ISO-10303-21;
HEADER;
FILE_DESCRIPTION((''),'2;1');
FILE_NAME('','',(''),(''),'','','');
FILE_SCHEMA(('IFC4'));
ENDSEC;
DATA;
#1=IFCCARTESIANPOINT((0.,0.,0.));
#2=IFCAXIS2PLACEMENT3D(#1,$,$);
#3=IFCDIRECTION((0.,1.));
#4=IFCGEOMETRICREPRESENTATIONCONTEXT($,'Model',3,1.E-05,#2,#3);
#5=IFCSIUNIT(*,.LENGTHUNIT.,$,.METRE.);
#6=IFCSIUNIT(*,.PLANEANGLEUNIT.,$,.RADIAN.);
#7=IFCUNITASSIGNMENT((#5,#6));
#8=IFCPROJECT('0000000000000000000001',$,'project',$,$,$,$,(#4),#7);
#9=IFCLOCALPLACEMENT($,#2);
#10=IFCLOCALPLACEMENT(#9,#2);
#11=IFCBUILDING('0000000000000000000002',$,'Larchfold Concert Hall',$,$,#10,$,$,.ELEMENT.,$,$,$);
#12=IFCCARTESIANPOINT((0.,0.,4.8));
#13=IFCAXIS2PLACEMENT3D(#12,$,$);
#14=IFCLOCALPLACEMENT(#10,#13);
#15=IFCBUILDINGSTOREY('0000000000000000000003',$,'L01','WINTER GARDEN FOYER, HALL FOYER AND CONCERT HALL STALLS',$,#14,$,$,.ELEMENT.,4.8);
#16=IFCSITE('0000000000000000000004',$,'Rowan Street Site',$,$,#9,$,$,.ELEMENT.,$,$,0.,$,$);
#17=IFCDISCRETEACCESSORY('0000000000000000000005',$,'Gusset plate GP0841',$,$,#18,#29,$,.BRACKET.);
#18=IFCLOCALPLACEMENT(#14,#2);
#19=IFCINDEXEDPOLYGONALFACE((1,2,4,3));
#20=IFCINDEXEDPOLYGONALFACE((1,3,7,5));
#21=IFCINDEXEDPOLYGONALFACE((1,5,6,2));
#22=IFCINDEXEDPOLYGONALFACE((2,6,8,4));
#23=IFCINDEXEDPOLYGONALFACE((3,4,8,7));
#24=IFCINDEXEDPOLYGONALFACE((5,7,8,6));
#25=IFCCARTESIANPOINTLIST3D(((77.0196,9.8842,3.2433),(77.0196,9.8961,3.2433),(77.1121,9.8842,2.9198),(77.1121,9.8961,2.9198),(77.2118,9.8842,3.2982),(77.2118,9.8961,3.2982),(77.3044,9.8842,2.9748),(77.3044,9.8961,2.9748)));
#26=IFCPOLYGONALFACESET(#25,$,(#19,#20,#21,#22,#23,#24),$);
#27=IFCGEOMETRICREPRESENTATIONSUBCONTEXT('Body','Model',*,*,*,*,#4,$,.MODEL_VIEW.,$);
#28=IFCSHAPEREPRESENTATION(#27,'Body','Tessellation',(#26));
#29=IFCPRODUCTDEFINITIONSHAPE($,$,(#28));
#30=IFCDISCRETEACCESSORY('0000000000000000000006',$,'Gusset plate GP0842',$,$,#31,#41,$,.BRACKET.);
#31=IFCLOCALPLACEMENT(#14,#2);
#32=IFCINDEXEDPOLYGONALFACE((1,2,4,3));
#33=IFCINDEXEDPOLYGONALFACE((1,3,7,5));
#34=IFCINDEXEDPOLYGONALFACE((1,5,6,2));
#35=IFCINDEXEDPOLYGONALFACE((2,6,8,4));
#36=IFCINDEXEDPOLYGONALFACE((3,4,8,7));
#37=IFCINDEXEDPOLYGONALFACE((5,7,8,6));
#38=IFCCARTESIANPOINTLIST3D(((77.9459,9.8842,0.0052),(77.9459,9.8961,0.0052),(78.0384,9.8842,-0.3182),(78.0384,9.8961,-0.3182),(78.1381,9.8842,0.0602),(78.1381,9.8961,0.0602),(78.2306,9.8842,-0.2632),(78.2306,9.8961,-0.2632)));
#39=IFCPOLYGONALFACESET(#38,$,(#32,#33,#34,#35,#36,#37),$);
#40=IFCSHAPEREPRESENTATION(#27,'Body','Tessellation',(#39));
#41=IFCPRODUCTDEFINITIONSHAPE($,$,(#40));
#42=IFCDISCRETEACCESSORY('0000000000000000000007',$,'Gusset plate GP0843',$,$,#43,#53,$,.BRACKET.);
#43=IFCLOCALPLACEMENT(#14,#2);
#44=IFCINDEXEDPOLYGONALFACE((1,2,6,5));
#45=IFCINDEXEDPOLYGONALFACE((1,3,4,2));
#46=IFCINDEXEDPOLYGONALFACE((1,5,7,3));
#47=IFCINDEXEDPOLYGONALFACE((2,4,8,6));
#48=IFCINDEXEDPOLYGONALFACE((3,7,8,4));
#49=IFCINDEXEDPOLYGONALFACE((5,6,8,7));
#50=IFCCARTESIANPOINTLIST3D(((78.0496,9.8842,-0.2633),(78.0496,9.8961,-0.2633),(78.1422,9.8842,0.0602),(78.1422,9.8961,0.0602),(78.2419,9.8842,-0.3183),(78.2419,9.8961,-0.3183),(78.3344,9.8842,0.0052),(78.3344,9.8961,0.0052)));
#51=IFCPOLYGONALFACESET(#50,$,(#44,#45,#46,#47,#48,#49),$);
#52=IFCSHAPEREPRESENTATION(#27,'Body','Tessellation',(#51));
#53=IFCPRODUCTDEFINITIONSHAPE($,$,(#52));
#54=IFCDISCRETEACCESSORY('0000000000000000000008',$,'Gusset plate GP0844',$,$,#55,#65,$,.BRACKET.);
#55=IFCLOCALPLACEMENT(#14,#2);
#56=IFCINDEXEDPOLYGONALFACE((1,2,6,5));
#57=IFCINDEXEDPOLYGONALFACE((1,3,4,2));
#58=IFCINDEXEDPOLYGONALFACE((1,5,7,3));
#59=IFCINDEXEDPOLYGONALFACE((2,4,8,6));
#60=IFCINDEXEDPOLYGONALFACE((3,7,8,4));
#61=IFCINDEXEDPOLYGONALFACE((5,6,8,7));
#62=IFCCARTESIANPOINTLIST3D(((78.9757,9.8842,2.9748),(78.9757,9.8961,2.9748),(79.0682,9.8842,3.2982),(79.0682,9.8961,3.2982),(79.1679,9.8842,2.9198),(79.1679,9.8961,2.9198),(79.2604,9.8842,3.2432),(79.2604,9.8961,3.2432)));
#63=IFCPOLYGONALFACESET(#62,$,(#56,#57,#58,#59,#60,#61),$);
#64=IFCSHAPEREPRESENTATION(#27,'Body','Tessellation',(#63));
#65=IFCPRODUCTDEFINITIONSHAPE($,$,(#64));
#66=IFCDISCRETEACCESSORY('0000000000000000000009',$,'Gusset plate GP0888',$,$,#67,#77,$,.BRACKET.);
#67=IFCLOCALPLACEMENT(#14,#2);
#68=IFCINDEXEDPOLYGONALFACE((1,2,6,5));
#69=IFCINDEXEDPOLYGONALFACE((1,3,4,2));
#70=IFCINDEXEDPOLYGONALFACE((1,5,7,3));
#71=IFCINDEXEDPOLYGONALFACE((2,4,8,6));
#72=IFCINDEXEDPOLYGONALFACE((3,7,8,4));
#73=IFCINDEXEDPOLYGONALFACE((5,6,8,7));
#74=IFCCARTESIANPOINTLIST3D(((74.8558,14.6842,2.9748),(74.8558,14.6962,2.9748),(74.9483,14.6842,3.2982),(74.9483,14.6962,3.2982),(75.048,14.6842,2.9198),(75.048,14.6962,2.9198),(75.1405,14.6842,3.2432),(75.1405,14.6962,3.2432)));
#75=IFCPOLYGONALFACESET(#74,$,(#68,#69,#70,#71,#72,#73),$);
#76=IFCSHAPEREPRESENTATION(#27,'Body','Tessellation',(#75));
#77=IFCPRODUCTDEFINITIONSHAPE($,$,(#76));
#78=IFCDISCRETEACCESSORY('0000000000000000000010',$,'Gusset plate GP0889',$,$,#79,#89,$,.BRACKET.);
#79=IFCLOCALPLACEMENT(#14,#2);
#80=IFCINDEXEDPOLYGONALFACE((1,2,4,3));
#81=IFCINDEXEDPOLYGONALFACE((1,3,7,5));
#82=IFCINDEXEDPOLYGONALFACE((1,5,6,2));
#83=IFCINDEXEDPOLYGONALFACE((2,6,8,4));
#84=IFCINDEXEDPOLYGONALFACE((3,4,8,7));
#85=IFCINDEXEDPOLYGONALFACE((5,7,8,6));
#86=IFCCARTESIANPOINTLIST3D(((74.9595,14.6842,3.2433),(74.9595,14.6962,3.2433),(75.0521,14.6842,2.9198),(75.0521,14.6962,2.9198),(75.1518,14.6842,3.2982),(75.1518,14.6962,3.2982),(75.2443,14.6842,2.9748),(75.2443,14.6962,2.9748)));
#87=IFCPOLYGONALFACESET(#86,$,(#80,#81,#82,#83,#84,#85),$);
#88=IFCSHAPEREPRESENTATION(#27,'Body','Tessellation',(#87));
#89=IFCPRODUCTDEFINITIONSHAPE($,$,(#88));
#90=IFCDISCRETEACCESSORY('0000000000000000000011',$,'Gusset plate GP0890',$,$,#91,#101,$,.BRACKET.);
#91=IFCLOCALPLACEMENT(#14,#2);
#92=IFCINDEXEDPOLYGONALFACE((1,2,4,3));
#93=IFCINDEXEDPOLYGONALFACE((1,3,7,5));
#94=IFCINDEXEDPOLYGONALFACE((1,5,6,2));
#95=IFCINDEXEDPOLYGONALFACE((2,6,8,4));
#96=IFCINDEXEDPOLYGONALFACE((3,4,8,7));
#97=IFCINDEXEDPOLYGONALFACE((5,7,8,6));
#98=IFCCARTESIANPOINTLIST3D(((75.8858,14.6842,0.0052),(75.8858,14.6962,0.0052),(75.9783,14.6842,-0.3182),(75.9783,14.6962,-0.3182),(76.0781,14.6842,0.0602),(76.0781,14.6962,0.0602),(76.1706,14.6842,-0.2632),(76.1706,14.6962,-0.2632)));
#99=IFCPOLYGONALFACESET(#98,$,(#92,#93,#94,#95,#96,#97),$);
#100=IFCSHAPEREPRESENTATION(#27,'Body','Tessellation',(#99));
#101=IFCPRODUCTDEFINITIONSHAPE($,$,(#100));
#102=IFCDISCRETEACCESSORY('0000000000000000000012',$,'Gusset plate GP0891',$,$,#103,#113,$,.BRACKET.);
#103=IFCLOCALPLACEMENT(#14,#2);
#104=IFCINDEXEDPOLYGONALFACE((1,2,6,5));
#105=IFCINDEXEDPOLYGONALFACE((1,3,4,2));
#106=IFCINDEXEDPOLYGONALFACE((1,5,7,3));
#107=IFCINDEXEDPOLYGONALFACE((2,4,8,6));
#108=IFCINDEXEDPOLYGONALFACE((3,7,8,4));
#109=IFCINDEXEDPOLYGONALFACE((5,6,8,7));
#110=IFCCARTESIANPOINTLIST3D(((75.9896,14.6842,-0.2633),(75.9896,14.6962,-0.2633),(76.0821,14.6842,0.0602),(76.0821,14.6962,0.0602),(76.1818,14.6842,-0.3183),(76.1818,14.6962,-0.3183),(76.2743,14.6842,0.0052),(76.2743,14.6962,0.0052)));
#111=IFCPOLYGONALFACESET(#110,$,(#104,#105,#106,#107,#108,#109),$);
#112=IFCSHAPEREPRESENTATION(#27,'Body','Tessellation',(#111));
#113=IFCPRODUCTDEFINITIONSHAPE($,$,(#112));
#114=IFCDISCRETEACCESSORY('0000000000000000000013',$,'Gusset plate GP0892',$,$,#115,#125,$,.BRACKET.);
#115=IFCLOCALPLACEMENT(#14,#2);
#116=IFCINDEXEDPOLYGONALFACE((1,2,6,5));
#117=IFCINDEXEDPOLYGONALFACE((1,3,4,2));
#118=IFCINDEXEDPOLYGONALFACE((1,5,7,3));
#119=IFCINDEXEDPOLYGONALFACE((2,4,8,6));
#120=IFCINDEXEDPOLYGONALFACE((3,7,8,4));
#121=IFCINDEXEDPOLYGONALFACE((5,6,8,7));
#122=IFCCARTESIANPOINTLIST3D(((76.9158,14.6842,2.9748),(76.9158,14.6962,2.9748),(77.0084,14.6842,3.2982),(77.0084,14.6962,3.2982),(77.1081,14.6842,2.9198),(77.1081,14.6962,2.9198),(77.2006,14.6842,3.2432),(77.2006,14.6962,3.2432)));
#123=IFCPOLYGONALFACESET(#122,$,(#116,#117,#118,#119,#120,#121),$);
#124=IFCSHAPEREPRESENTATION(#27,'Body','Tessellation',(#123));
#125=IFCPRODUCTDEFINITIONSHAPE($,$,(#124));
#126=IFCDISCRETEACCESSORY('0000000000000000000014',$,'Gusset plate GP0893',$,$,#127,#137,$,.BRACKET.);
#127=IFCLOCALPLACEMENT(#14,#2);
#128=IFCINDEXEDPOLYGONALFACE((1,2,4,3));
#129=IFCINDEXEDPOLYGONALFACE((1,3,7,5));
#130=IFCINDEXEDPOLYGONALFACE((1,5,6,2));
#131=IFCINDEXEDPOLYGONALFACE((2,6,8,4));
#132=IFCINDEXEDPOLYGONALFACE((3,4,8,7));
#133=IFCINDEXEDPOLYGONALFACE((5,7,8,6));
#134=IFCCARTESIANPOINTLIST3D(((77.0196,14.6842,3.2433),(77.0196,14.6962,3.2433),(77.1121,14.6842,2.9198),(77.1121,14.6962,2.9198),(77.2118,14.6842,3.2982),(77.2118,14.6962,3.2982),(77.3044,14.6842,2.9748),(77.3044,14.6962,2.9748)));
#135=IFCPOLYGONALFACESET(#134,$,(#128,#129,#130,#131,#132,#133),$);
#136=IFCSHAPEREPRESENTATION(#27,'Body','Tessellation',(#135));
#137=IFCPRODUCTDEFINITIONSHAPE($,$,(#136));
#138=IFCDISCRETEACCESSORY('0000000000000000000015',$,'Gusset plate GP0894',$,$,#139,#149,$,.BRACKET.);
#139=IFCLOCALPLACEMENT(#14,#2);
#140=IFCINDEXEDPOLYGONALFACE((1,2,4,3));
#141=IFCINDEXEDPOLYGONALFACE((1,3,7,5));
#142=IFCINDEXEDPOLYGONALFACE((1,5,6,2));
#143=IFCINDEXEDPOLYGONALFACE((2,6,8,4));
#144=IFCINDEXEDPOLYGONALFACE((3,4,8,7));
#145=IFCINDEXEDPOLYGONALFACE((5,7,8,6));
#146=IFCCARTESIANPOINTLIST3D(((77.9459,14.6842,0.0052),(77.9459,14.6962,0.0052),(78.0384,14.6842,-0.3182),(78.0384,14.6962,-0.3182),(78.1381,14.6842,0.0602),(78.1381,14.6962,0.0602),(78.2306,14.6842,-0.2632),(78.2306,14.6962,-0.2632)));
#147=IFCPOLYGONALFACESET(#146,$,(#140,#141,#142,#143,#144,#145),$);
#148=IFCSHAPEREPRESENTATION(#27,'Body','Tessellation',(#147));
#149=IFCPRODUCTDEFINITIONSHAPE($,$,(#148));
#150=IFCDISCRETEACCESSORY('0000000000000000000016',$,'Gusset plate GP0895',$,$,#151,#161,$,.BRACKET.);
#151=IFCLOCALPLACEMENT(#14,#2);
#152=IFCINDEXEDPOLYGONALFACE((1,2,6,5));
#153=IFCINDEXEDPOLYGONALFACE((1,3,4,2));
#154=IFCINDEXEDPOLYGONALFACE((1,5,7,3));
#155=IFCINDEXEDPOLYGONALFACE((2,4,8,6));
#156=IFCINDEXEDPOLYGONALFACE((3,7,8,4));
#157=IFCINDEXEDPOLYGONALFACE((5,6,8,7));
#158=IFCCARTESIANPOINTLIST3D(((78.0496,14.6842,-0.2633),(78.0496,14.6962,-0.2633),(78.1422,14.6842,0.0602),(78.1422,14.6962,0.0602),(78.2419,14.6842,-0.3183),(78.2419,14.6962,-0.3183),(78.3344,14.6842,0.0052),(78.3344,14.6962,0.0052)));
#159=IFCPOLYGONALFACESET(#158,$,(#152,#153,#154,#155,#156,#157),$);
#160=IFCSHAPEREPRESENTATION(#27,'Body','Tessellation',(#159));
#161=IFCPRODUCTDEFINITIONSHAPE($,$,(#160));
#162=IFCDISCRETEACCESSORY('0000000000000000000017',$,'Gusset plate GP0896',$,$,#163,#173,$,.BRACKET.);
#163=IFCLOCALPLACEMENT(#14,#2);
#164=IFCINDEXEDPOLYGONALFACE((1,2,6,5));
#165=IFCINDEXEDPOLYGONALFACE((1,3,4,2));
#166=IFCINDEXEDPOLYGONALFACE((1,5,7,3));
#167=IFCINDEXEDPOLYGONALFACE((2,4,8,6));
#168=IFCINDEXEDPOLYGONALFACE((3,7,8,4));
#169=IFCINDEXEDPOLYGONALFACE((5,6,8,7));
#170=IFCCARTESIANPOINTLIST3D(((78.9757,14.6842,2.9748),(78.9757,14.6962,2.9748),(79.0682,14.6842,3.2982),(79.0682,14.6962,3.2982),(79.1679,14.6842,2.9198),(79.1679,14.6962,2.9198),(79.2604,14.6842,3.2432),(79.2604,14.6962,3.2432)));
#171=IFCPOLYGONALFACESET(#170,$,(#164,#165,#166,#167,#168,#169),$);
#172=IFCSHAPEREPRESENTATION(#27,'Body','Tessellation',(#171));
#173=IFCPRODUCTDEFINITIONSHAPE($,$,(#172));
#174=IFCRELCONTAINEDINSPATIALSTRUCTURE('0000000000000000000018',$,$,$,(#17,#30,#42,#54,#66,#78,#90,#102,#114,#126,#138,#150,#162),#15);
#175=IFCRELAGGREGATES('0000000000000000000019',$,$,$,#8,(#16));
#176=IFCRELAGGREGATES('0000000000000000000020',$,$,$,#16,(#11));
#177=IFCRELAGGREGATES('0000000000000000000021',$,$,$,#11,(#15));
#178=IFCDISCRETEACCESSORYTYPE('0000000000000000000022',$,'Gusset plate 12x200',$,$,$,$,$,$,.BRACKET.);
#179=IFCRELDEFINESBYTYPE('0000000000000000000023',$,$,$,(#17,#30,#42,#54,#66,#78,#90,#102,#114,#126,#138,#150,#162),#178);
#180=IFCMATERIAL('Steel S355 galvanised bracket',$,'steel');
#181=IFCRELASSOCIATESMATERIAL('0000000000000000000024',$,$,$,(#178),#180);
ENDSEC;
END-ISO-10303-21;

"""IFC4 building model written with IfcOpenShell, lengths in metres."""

from ifc_helpers import new_model, si_unit, direction, frame, origin, origin_2d, place, context, subcontext, project, spatial, rectangle, extrude, material, material_profile, profile_set, type_object, element, save


model = new_model("IFC4")

# Units and contexts
model_context = context("Model", 3, precision=1e-05, world=origin(), true_north=direction((0.0, 1.0)))
body_context = subcontext(model_context, "Body", "Model", "MODEL_VIEW")
ifc_project = project(units=[si_unit("LENGTHUNIT", "METRE"), si_unit("PLANEANGLEUNIT", "RADIAN")], contexts=[model_context])

# Site, building, storey
site_placement = place(None, origin())
site = spatial("IfcSite", under=ifc_project, at=site_placement, Name="Rowan Street Site", CompositionType="ELEMENT", RefElevation=0.0)
building_placement = place(site_placement, origin())
building = spatial("IfcBuilding", under=site, at=building_placement, Name="Larchfold Concert Hall", CompositionType="ELEMENT")
storey_placement = place(building_placement, frame((0.0, 0.0, 4.8)))
storey = spatial("IfcBuildingStorey", under=building, at=storey_placement, Name="L01", Description="WINTER GARDEN FOYER, HALL FOYER AND CONCERT HALL STALLS", CompositionType="ELEMENT", Elevation=4.8)

# Discrete accessories
ifc_material_1 = material(Name="Steel S355 galvanised bracket", Category="steel")
ifc_material_profile_1 = material_profile(ifc_material_1, rectangle(XDim=0.012, YDim=0.2, at=origin_2d()))
ifc_profile_set_1 = profile_set([ifc_material_profile_1], Name="Steel S355 galvanised bracket")
discrete_accessory_type = type_object("IfcDiscreteAccessoryType", Name="Gusset plate 12x200", PredefinedType="BRACKET", material=ifc_profile_set_1)
for number, where, z_axis, x_axis, name in (
    (1, (77.1157, 9.8901, 3.2708), (0.275009, 0.0, -0.961442), (0.0, 1.0, 0.0), "Gusset plate GP0841"),
    (2, (78.042, 9.8901, 0.0327), (0.275009, 0.0, -0.961442), (0.0, 1.0, 0.0), "Gusset plate GP0842"),
    (3, (78.1458, 9.8901, -0.2908), (0.275009, 0.0, 0.961442), (0.0, 1.0, 0.0), "Gusset plate GP0843"),
    (4, (79.0718, 9.8901, 2.9473), (0.275009, 0.0, 0.961442), (0.0, 1.0, 0.0), "Gusset plate GP0844"),
    (5, (74.9519, 14.6902, 2.9473), (0.275009, 0.0, 0.961442), (0.0, 1.0, 0.0), "Gusset plate GP0888"),
    (6, (75.0557, 14.6902, 3.2708), (0.275009, 0.0, -0.961442), (0.0, 1.0, 0.0), "Gusset plate GP0889"),
    (7, (75.9819, 14.6902, 0.0327), (0.275009, 0.0, -0.961442), (0.0, 1.0, 0.0), "Gusset plate GP0890"),
    (8, (76.0857, 14.6902, -0.2908), (0.275009, 0.0, 0.961442), (0.0, 1.0, 0.0), "Gusset plate GP0891"),
    (9, (77.012, 14.6902, 2.9473), (0.275009, 0.0, 0.961442), (0.0, 1.0, 0.0), "Gusset plate GP0892"),
    (10, (77.1157, 14.6902, 3.2708), (0.275009, 0.0, -0.961442), (0.0, 1.0, 0.0), "Gusset plate GP0893"),
    (11, (78.042, 14.6902, 0.0327), (0.275009, 0.0, -0.961442), (0.0, 1.0, 0.0), "Gusset plate GP0894"),
    (12, (78.1458, 14.6902, -0.2908), (0.275009, 0.0, 0.961442), (0.0, 1.0, 0.0), "Gusset plate GP0895"),
    (13, (79.0718, 14.6902, 2.9473), (0.275009, 0.0, 0.961442), (0.0, 1.0, 0.0), "Gusset plate GP0896"),
):
    element("IfcDiscreteAccessory", number, at=place(storey_placement, frame(where, z_axis=z_axis, x_axis=x_axis)), inside=storey, type_object=discrete_accessory_type, Name=name, PredefinedType="BRACKET", context=body_context, shape_type="SweptSolid", body=[
        extrude(rectangle(XDim=0.012, YDim=0.2, at=origin_2d()), origin(), (0.0, 0.0, 1.0), 0.3364),
    ])

save(model, "model.ifc")
